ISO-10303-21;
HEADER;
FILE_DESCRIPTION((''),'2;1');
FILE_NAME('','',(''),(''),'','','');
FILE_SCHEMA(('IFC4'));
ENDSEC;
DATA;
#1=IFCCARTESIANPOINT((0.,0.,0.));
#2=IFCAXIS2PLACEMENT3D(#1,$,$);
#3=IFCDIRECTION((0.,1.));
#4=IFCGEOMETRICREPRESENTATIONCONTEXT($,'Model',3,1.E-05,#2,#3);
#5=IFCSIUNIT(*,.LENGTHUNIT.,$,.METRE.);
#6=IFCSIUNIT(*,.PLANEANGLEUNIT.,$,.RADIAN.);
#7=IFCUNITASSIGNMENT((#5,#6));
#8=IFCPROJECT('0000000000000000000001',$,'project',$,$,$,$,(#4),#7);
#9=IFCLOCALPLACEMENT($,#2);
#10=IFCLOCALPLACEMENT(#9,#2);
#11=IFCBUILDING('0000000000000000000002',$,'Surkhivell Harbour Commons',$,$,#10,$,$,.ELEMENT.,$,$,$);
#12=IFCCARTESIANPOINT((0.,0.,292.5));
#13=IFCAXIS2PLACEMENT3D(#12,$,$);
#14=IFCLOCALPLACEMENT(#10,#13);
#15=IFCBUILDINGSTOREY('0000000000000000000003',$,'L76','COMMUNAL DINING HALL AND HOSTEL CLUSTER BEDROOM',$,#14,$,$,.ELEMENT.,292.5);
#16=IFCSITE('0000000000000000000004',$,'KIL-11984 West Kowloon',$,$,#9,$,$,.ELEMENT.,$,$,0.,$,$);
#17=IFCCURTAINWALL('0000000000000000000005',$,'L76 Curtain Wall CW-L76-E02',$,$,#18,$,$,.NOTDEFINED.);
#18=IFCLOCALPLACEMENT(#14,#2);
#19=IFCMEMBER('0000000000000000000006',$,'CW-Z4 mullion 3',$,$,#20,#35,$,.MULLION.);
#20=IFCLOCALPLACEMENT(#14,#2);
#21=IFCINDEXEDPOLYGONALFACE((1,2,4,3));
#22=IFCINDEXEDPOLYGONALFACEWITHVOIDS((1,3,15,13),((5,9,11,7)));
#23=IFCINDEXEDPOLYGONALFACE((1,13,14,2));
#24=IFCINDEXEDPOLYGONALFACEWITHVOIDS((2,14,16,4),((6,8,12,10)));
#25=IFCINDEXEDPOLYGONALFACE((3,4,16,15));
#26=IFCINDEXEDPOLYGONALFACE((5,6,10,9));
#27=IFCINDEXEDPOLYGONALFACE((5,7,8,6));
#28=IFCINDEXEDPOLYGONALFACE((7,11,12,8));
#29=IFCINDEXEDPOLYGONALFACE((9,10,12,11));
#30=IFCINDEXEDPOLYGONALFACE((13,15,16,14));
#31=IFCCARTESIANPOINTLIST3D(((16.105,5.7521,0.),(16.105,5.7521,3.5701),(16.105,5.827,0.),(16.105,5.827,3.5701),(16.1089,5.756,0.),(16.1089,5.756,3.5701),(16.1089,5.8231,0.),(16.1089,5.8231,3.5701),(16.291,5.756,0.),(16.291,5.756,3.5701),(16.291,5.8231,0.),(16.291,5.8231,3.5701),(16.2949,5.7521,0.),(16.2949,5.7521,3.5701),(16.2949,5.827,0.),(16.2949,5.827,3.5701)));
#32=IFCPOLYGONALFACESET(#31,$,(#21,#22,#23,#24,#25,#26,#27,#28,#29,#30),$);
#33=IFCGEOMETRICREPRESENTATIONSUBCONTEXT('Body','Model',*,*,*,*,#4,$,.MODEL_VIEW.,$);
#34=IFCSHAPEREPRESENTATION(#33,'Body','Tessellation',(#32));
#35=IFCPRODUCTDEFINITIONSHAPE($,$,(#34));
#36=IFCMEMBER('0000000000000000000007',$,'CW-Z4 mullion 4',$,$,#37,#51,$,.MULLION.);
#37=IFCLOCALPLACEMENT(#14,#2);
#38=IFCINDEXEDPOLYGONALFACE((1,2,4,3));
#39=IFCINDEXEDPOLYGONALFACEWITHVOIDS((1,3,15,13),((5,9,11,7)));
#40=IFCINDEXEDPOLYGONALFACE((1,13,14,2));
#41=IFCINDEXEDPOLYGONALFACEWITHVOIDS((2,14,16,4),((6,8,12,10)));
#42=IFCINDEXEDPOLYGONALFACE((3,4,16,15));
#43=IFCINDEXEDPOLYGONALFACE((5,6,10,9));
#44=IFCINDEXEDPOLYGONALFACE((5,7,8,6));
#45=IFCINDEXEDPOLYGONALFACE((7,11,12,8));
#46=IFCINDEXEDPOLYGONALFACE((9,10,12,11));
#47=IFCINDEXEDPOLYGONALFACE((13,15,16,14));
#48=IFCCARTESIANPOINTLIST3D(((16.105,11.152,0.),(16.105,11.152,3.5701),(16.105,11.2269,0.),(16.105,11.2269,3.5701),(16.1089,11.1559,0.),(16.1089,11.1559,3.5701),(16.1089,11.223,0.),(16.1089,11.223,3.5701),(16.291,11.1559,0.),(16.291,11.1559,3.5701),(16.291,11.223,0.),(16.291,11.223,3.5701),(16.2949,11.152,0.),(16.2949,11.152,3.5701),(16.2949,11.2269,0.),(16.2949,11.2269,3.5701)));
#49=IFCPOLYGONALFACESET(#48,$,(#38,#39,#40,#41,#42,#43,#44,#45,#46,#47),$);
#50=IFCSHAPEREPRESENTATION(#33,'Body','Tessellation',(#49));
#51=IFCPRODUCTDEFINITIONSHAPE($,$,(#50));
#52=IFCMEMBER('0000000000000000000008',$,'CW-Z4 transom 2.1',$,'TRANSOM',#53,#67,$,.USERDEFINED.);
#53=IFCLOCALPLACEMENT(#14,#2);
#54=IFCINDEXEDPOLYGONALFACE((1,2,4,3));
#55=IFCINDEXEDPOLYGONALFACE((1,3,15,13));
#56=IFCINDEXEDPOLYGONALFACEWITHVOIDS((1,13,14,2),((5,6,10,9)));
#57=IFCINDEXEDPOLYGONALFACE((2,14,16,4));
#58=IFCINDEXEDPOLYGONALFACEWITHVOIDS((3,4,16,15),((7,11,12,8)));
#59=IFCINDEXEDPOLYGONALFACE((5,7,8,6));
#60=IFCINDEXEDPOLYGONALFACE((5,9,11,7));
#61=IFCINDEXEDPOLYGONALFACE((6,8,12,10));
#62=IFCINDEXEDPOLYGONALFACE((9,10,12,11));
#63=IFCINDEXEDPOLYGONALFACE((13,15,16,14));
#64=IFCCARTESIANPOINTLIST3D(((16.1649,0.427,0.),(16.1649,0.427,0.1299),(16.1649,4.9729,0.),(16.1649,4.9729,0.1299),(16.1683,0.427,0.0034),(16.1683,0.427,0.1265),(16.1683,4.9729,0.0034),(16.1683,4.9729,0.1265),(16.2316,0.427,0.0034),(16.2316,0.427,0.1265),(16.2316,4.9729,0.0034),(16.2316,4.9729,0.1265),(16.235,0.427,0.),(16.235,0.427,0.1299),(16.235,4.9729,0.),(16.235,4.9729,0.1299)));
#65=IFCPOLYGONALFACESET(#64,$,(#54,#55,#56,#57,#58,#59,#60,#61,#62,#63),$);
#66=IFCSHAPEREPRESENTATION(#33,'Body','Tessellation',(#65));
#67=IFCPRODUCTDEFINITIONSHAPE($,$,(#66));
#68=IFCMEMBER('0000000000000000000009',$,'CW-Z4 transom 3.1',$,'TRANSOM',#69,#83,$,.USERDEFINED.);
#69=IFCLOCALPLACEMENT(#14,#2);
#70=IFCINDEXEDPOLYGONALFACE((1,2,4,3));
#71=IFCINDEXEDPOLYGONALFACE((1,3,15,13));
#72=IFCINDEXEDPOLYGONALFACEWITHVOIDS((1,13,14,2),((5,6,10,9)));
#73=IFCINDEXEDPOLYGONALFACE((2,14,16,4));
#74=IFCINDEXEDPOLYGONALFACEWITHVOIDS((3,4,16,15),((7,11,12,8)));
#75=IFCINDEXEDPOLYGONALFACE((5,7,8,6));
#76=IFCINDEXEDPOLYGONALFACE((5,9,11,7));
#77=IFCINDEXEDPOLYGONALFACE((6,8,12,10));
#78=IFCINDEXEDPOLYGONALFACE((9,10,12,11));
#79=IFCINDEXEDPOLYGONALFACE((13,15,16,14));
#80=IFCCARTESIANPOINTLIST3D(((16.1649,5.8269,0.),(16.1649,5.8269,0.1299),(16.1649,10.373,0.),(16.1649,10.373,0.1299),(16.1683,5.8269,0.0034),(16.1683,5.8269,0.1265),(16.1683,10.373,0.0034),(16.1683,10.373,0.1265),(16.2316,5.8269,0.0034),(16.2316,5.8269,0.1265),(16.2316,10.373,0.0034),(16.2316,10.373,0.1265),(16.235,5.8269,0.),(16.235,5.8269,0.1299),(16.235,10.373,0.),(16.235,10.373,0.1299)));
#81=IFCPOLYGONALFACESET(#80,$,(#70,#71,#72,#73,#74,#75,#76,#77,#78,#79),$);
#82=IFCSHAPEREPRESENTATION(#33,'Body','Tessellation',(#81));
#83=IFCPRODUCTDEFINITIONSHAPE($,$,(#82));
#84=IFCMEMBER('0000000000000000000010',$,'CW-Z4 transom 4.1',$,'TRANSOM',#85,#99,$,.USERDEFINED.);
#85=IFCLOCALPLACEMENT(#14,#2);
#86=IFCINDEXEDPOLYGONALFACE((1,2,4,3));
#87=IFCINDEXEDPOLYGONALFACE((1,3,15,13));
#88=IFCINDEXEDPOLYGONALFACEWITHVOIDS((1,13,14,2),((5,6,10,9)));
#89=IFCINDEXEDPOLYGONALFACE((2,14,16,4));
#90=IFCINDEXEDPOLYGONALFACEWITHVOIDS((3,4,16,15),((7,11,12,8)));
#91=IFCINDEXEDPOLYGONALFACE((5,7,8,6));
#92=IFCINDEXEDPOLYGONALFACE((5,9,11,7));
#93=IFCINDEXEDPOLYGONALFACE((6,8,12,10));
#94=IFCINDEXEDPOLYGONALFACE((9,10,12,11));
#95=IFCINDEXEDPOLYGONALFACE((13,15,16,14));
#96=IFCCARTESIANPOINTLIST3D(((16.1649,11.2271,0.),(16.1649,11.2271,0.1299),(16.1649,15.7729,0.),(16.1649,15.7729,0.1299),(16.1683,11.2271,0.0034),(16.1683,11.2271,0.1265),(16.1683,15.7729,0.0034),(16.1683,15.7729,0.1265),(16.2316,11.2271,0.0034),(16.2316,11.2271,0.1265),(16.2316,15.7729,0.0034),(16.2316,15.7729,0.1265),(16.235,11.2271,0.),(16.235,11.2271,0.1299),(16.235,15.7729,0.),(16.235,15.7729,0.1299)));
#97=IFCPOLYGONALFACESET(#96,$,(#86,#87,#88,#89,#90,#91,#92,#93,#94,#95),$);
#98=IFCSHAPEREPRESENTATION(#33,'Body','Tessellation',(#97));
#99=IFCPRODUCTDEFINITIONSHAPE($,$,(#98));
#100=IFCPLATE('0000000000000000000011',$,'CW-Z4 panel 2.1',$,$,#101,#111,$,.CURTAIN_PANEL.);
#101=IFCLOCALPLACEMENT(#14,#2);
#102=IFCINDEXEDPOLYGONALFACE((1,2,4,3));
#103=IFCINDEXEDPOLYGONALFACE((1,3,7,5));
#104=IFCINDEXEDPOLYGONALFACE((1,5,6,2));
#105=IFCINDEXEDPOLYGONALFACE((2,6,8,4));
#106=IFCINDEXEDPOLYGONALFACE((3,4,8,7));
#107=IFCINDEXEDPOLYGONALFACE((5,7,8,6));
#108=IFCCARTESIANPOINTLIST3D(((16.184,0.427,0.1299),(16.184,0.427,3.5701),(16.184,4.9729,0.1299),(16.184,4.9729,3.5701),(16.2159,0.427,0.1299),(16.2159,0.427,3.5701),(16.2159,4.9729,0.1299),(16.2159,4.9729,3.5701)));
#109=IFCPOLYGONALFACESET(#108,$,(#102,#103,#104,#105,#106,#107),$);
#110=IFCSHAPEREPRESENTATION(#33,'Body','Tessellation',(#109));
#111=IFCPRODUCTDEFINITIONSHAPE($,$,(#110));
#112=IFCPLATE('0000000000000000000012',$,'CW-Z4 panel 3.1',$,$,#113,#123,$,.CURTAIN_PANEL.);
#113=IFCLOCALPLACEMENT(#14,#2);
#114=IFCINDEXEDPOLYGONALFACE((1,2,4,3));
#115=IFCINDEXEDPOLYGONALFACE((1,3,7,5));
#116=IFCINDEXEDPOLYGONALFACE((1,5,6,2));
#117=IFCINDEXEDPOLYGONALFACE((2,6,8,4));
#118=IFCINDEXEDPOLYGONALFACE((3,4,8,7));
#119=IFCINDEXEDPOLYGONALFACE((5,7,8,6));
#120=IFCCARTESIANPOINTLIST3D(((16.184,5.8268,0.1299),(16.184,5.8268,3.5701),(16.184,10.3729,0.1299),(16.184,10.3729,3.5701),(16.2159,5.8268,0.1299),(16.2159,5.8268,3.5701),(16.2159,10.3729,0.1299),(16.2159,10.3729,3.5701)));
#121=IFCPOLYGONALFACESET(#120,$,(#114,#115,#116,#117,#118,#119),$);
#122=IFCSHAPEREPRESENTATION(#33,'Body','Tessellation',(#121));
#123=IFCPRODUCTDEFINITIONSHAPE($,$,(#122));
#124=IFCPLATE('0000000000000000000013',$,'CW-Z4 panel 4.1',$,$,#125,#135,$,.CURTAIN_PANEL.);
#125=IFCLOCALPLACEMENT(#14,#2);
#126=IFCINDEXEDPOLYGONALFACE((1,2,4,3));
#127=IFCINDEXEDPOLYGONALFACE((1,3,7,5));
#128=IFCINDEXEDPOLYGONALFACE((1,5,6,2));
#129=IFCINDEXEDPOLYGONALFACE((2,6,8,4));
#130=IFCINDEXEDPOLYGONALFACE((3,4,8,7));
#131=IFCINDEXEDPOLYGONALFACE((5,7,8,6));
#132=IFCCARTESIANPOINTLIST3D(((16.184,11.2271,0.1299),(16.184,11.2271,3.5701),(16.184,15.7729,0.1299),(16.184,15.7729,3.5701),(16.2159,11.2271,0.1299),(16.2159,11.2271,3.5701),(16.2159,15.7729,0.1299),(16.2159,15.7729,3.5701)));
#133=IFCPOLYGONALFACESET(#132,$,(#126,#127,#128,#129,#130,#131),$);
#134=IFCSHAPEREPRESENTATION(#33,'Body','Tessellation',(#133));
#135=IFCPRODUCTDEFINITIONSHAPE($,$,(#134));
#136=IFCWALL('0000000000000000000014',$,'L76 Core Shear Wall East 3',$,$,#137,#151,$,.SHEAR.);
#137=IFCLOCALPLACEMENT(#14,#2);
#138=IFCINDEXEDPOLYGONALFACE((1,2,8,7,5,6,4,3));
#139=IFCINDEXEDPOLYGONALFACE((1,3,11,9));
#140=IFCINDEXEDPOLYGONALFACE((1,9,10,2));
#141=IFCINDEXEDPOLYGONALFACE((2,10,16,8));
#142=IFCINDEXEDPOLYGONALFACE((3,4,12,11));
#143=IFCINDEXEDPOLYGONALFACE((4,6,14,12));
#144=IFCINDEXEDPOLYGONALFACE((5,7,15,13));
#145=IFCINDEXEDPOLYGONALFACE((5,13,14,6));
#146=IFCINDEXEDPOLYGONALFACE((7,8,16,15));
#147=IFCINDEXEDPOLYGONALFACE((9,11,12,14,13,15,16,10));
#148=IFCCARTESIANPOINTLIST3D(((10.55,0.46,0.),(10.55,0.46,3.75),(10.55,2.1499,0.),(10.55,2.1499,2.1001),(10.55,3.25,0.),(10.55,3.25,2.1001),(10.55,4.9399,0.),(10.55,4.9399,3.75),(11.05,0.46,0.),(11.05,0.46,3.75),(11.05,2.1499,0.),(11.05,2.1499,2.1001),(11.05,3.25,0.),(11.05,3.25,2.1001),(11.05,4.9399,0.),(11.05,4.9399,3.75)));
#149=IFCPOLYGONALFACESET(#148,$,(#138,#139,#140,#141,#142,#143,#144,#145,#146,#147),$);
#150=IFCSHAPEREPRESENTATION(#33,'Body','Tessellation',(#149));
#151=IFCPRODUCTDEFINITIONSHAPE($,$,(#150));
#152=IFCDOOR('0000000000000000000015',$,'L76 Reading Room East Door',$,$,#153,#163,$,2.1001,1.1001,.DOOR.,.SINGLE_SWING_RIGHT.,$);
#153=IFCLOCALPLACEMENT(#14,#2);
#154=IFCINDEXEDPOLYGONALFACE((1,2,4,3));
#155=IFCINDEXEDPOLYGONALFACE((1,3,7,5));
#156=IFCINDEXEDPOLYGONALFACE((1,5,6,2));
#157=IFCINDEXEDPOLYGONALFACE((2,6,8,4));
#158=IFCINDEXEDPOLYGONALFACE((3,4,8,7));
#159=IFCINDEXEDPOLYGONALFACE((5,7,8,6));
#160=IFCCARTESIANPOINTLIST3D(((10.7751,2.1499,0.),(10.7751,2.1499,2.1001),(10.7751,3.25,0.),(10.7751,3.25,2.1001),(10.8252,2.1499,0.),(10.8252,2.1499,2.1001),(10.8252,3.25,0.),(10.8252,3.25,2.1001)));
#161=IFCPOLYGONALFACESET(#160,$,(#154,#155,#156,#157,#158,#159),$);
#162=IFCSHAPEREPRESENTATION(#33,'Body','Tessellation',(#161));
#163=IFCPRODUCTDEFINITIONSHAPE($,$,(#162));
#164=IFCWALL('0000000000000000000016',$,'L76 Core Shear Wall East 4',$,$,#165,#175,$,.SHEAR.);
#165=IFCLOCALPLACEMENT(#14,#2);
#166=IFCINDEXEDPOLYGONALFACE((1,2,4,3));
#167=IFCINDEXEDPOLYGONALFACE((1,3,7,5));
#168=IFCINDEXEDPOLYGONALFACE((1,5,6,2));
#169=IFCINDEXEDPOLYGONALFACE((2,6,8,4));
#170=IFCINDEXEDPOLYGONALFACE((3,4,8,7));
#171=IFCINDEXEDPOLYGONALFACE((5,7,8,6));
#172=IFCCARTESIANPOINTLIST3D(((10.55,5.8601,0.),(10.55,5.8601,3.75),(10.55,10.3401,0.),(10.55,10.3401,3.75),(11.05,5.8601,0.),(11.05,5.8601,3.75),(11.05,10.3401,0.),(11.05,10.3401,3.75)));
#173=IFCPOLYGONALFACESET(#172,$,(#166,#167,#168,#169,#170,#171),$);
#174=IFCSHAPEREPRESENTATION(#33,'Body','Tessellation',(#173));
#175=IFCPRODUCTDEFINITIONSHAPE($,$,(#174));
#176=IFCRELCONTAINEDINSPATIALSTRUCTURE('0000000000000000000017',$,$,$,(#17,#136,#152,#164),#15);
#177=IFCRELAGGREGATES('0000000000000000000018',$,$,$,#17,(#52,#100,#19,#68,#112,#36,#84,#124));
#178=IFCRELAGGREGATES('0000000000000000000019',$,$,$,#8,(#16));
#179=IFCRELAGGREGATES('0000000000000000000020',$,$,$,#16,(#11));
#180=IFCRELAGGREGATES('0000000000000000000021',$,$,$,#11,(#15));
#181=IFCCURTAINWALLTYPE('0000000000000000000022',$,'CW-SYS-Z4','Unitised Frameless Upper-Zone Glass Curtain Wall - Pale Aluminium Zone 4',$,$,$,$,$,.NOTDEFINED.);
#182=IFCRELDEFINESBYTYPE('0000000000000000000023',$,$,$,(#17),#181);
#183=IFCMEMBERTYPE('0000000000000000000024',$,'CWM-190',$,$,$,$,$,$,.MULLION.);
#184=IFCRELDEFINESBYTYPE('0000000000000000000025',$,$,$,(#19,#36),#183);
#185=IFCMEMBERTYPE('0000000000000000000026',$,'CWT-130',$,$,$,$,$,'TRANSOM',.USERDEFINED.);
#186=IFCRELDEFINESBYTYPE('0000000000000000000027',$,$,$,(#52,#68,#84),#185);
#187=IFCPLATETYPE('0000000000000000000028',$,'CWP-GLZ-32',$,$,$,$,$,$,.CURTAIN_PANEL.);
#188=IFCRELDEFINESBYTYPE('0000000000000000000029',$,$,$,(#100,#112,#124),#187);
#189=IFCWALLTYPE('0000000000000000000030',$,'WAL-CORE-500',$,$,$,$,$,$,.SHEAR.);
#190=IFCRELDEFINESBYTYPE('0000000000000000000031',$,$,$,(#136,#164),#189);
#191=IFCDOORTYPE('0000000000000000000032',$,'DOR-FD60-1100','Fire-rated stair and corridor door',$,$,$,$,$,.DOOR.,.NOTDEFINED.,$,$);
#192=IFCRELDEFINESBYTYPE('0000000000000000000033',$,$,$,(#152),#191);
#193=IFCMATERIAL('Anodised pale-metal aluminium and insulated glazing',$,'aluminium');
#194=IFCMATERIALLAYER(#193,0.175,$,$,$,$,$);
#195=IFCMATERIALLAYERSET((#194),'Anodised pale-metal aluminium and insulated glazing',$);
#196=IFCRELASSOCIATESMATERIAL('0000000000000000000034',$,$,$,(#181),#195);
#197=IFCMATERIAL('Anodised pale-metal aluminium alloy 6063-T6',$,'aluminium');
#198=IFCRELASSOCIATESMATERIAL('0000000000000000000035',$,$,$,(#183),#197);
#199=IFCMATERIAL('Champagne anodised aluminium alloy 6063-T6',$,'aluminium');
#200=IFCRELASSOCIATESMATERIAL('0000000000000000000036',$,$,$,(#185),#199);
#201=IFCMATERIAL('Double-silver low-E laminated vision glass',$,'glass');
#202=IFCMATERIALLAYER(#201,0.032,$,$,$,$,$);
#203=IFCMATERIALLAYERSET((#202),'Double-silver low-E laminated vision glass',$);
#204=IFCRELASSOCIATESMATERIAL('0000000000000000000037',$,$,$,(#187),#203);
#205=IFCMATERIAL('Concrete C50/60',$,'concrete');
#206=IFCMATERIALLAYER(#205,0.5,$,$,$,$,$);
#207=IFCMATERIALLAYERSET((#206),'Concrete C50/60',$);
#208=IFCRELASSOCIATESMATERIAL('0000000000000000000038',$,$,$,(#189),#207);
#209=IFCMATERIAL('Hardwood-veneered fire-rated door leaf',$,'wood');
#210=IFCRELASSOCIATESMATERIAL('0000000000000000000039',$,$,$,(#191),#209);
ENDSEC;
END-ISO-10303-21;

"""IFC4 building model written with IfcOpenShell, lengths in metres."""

from ifc_helpers import new_model, si_unit, direction, frame, frame_2d, origin, origin_2d, place, context, subcontext, project, spatial, rectangle, hollow_rectangle, extrude, material, layer, layer_set, material_profile, profile_set, type_object, element, fill, aggregate, save


model = new_model("IFC4")

# Units and contexts
model_context = context("Model", 3, precision=1e-05, world=origin(), true_north=direction((0.0, 1.0)))
body_context = subcontext(model_context, "Body", "Model", "MODEL_VIEW")
ifc_project = project(units=[si_unit("LENGTHUNIT", "METRE"), si_unit("PLANEANGLEUNIT", "RADIAN")], contexts=[model_context])

# Site, building, storey
site_placement = place(None, origin())
site = spatial("IfcSite", under=ifc_project, at=site_placement, Name="KIL-11984 West Kowloon", CompositionType="ELEMENT", RefElevation=0.0)
building_placement = place(site_placement, origin())
building = spatial("IfcBuilding", under=site, at=building_placement, Name="Surkhivell Harbour Commons", CompositionType="ELEMENT")
storey_placement = place(building_placement, frame((0.0, 0.0, 292.5)))
storey = spatial("IfcBuildingStorey", under=building, at=storey_placement, Name="L76", Description="COMMUNAL DINING HALL AND HOSTEL CLUSTER BEDROOM", CompositionType="ELEMENT", Elevation=292.5)

# Shared definitions
ifc_material_1 = material(Name="Concrete C50/60", Category="concrete")

# Curtain wall, members, plates
ifc_material_2 = material(Name="Anodised pale-metal aluminium and insulated glazing", Category="aluminium")
ifc_layer_1 = layer(ifc_material_2, 0.175)
ifc_layer_set_1 = layer_set([ifc_layer_1], Name="Anodised pale-metal aluminium and insulated glazing")
curtain_wall_type = type_object("IfcCurtainWallType", Name="CW-SYS-Z4", Description="Unitised Frameless Upper-Zone Glass Curtain Wall - Pale Aluminium Zone 4", PredefinedType="NOTDEFINED", material=ifc_layer_set_1)
curtain_wall_placement = place(storey_placement, origin())
curtain_wall = element("IfcCurtainWall", 1, at=curtain_wall_placement, inside=storey, type_object=curtain_wall_type, Name="L76 Curtain Wall CW-L76-E02", PredefinedType="NOTDEFINED")
ifc_material_3 = material(Name="Anodised pale-metal aluminium alloy 6063-T6", Category="aluminium")
ifc_material_profile_1 = material_profile(ifc_material_3, hollow_rectangle(XDim=0.075, YDim=0.1899, WallThickness=0.0039, at=origin_2d()), Name="ALU-MULL-75x190")
ifc_profile_set_1 = profile_set([ifc_material_profile_1], Name="Anodised pale-metal aluminium alloy 6063-T6")
member_type_1 = type_object("IfcMemberType", Name="CWM-190", PredefinedType="MULLION", material=ifc_profile_set_1)
member_1_placement = place(storey_placement, frame((16.2, 5.7896, 0.0), z_axis=(0.0, 0.0, 1.0), x_axis=(0.0, 1.0, 0.0)))
member_1 = element("IfcMember", 2, at=member_1_placement, type_object=member_type_1, Name="CW-Z4 mullion 3", PredefinedType="MULLION", context=body_context, shape_type="SweptSolid", body=[
    extrude(hollow_rectangle(XDim=0.075, YDim=0.1899, WallThickness=0.0039, at=origin_2d()), origin(), (0.0, 0.0, 1.0), 3.5701),
])
member_2_placement = place(storey_placement, frame((16.2, 11.1895, 0.0), z_axis=(0.0, 0.0, 1.0), x_axis=(0.0, 1.0, 0.0)))
member_2 = element("IfcMember", 3, at=member_2_placement, type_object=member_type_1, Name="CW-Z4 mullion 4", PredefinedType="MULLION", context=body_context, shape_type="SweptSolid", body=[
    extrude(hollow_rectangle(XDim=0.075, YDim=0.1899, WallThickness=0.0039, at=origin_2d()), origin(), (0.0, 0.0, 1.0), 3.5701),
])
ifc_material_4 = material(Name="Champagne anodised aluminium alloy 6063-T6", Category="aluminium")
ifc_material_profile_2 = material_profile(ifc_material_4, hollow_rectangle(XDim=0.0701, YDim=0.1299, WallThickness=0.0034, at=origin_2d()), Name="ALU-TRAN-70x130")
ifc_profile_set_2 = profile_set([ifc_material_profile_2], Name="Champagne anodised aluminium alloy 6063-T6")
member_type_2 = type_object("IfcMemberType", Name="CWT-130", ElementType="TRANSOM", PredefinedType="USERDEFINED", material=ifc_profile_set_2)
member_3_placement = place(storey_placement, frame((16.2, 0.427, 0.0649), z_axis=(0.0, 1.0, 0.0), x_axis=(-1.0, 0.0, 0.0)))
member_3 = element("IfcMember", 4, at=member_3_placement, type_object=member_type_2, Name="CW-Z4 transom 2.1", ObjectType="TRANSOM", PredefinedType="USERDEFINED", context=body_context, shape_type="SweptSolid", body=[
    extrude(hollow_rectangle(XDim=0.0701, YDim=0.1299, WallThickness=0.0034, at=origin_2d()), origin(), (0.0, 0.0, 1.0), 4.5459),
])
member_4_placement = place(storey_placement, frame((16.2, 5.8269, 0.0649), z_axis=(0.0, 1.0, 0.0), x_axis=(-1.0, 0.0, 0.0)))
member_4 = element("IfcMember", 5, at=member_4_placement, type_object=member_type_2, Name="CW-Z4 transom 3.1", ObjectType="TRANSOM", PredefinedType="USERDEFINED", context=body_context, shape_type="SweptSolid", body=[
    extrude(hollow_rectangle(XDim=0.0701, YDim=0.1299, WallThickness=0.0034, at=origin_2d()), origin(), (0.0, 0.0, 1.0), 4.5461),
])
member_5_placement = place(storey_placement, frame((16.2, 11.2271, 0.0649), z_axis=(0.0, 1.0, 0.0), x_axis=(-1.0, 0.0, 0.0)))
member_5 = element("IfcMember", 6, at=member_5_placement, type_object=member_type_2, Name="CW-Z4 transom 4.1", ObjectType="TRANSOM", PredefinedType="USERDEFINED", context=body_context, shape_type="SweptSolid", body=[
    extrude(hollow_rectangle(XDim=0.0701, YDim=0.1299, WallThickness=0.0034, at=origin_2d()), origin(), (0.0, 0.0, 1.0), 4.5459),
])
ifc_material_5 = material(Name="Double-silver low-E laminated vision glass", Category="glass")
ifc_layer_2 = layer(ifc_material_5, 0.032)
ifc_layer_set_2 = layer_set([ifc_layer_2], Name="Double-silver low-E laminated vision glass")
plate_type = type_object("IfcPlateType", Name="CWP-GLZ-32", PredefinedType="CURTAIN_PANEL", material=ifc_layer_set_2)
plate_1_placement = place(storey_placement, frame((16.2, 0.427, 0.1299), z_axis=(0.0, 0.0, 1.0), x_axis=(0.0, 1.0, 0.0)))
plate_1 = element("IfcPlate", 7, at=plate_1_placement, type_object=plate_type, Name="CW-Z4 panel 2.1", PredefinedType="CURTAIN_PANEL", context=body_context, shape_type="SweptSolid", body=[
    extrude(rectangle(XDim=4.5459, YDim=0.032, at=frame_2d((2.2729, 0.0))), origin(), (0.0, 0.0, 1.0), 3.4402),
])
plate_2_placement = place(storey_placement, frame((16.2, 5.8269, 0.1299), z_axis=(0.0, 0.0, 1.0), x_axis=(0.0, 1.0, 0.0)))
plate_2 = element("IfcPlate", 8, at=plate_2_placement, type_object=plate_type, Name="CW-Z4 panel 3.1", PredefinedType="CURTAIN_PANEL", context=body_context, shape_type="SweptSolid", body=[
    extrude(rectangle(XDim=4.5461, YDim=0.032, at=frame_2d((2.2729, 0.0))), origin(), (0.0, 0.0, 1.0), 3.4402),
])
plate_3_placement = place(storey_placement, frame((16.2, 11.2271, 0.1299), z_axis=(0.0, 0.0, 1.0), x_axis=(0.0, 1.0, 0.0)))
plate_3 = element("IfcPlate", 9, at=plate_3_placement, type_object=plate_type, Name="CW-Z4 panel 4.1", PredefinedType="CURTAIN_PANEL", context=body_context, shape_type="SweptSolid", body=[
    extrude(rectangle(XDim=4.5459, YDim=0.032, at=frame_2d((2.2729, 0.0))), origin(), (0.0, 0.0, 1.0), 3.4402),
])
aggregate(curtain_wall, [member_3, plate_1, member_1, member_4, plate_2, member_2, member_5, plate_3])

# Wall, opening, door
ifc_layer_3 = layer(ifc_material_1, 0.5)
ifc_layer_set_3 = layer_set([ifc_layer_3], Name="Concrete C50/60")
wall_type_1 = type_object("IfcWallType", Name="WAL-CORE-500", PredefinedType="SHEAR", material=ifc_layer_set_3)
wall_1_placement = place(storey_placement, frame((10.8, 0.46, 0.0), z_axis=(0.0, 0.0, 1.0), x_axis=(0.0, 1.0, 0.0)))
wall_1 = element("IfcWall", 10, at=wall_1_placement, inside=storey, type_object=wall_type_1, Name="L76 Core Shear Wall East 3", PredefinedType="SHEAR", context=body_context, shape_type="SweptSolid", body=[
    extrude(rectangle(XDim=4.48, YDim=0.5, at=frame_2d((2.24, 0.0))), origin(), (0.0, 0.0, 1.0), 3.75),
])
opening_placement = place(wall_1_placement, frame((1.6899, 0.0, 0.0)))
opening = element("IfcOpeningElement", 11, at=opening_placement, cuts=wall_1, PredefinedType="OPENING", context=body_context, shape_type="SweptSolid", body=[
    extrude(rectangle(XDim=1.1001, YDim=2.1001, at=frame_2d((0.55, 1.05))), frame((0.0, 0.26, 0.0), z_axis=(0.0, -1.0, 0.0), x_axis=(1.0, 0.0, 0.0)), (0.0, 0.0, 1.0), 0.52),
])
ifc_material_6 = material(Name="Hardwood-veneered fire-rated door leaf", Category="wood")
door_type = type_object("IfcDoorType", Name="DOR-FD60-1100", Description="Fire-rated stair and corridor door", OperationType="NOTDEFINED", PredefinedType="DOOR", material=ifc_material_6)
door_placement = place(opening_placement, origin())
door = element("IfcDoor", 12, at=door_placement, inside=storey, type_object=door_type, Name="L76 Reading Room East Door", OperationType="SINGLE_SWING_RIGHT", OverallHeight=2.1001, OverallWidth=1.1001, PredefinedType="DOOR", context=body_context, shape_type="SweptSolid", body=[
    extrude(rectangle(XDim=1.1001, YDim=2.1001, at=frame_2d((0.55, 1.05))), frame((0.0, 0.0249, 0.0), z_axis=(0.0, -1.0, 0.0), x_axis=(1.0, 0.0, 0.0)), (0.0, 0.0, 1.0), 0.05),
])
fill(opening, door)

# Wall
wall_2_placement = place(storey_placement, frame((10.8, 5.8601, 0.0), z_axis=(0.0, 0.0, 1.0), x_axis=(0.0, 1.0, 0.0)))
element("IfcWall", 13, at=wall_2_placement, inside=storey, type_object=wall_type_1, Name="L76 Core Shear Wall East 4", PredefinedType="SHEAR", context=body_context, shape_type="SweptSolid", body=[
    extrude(rectangle(XDim=4.48, YDim=0.5, at=frame_2d((2.24, 0.0))), origin(), (0.0, 0.0, 1.0), 3.75),
])

save(model, "model.ifc")
